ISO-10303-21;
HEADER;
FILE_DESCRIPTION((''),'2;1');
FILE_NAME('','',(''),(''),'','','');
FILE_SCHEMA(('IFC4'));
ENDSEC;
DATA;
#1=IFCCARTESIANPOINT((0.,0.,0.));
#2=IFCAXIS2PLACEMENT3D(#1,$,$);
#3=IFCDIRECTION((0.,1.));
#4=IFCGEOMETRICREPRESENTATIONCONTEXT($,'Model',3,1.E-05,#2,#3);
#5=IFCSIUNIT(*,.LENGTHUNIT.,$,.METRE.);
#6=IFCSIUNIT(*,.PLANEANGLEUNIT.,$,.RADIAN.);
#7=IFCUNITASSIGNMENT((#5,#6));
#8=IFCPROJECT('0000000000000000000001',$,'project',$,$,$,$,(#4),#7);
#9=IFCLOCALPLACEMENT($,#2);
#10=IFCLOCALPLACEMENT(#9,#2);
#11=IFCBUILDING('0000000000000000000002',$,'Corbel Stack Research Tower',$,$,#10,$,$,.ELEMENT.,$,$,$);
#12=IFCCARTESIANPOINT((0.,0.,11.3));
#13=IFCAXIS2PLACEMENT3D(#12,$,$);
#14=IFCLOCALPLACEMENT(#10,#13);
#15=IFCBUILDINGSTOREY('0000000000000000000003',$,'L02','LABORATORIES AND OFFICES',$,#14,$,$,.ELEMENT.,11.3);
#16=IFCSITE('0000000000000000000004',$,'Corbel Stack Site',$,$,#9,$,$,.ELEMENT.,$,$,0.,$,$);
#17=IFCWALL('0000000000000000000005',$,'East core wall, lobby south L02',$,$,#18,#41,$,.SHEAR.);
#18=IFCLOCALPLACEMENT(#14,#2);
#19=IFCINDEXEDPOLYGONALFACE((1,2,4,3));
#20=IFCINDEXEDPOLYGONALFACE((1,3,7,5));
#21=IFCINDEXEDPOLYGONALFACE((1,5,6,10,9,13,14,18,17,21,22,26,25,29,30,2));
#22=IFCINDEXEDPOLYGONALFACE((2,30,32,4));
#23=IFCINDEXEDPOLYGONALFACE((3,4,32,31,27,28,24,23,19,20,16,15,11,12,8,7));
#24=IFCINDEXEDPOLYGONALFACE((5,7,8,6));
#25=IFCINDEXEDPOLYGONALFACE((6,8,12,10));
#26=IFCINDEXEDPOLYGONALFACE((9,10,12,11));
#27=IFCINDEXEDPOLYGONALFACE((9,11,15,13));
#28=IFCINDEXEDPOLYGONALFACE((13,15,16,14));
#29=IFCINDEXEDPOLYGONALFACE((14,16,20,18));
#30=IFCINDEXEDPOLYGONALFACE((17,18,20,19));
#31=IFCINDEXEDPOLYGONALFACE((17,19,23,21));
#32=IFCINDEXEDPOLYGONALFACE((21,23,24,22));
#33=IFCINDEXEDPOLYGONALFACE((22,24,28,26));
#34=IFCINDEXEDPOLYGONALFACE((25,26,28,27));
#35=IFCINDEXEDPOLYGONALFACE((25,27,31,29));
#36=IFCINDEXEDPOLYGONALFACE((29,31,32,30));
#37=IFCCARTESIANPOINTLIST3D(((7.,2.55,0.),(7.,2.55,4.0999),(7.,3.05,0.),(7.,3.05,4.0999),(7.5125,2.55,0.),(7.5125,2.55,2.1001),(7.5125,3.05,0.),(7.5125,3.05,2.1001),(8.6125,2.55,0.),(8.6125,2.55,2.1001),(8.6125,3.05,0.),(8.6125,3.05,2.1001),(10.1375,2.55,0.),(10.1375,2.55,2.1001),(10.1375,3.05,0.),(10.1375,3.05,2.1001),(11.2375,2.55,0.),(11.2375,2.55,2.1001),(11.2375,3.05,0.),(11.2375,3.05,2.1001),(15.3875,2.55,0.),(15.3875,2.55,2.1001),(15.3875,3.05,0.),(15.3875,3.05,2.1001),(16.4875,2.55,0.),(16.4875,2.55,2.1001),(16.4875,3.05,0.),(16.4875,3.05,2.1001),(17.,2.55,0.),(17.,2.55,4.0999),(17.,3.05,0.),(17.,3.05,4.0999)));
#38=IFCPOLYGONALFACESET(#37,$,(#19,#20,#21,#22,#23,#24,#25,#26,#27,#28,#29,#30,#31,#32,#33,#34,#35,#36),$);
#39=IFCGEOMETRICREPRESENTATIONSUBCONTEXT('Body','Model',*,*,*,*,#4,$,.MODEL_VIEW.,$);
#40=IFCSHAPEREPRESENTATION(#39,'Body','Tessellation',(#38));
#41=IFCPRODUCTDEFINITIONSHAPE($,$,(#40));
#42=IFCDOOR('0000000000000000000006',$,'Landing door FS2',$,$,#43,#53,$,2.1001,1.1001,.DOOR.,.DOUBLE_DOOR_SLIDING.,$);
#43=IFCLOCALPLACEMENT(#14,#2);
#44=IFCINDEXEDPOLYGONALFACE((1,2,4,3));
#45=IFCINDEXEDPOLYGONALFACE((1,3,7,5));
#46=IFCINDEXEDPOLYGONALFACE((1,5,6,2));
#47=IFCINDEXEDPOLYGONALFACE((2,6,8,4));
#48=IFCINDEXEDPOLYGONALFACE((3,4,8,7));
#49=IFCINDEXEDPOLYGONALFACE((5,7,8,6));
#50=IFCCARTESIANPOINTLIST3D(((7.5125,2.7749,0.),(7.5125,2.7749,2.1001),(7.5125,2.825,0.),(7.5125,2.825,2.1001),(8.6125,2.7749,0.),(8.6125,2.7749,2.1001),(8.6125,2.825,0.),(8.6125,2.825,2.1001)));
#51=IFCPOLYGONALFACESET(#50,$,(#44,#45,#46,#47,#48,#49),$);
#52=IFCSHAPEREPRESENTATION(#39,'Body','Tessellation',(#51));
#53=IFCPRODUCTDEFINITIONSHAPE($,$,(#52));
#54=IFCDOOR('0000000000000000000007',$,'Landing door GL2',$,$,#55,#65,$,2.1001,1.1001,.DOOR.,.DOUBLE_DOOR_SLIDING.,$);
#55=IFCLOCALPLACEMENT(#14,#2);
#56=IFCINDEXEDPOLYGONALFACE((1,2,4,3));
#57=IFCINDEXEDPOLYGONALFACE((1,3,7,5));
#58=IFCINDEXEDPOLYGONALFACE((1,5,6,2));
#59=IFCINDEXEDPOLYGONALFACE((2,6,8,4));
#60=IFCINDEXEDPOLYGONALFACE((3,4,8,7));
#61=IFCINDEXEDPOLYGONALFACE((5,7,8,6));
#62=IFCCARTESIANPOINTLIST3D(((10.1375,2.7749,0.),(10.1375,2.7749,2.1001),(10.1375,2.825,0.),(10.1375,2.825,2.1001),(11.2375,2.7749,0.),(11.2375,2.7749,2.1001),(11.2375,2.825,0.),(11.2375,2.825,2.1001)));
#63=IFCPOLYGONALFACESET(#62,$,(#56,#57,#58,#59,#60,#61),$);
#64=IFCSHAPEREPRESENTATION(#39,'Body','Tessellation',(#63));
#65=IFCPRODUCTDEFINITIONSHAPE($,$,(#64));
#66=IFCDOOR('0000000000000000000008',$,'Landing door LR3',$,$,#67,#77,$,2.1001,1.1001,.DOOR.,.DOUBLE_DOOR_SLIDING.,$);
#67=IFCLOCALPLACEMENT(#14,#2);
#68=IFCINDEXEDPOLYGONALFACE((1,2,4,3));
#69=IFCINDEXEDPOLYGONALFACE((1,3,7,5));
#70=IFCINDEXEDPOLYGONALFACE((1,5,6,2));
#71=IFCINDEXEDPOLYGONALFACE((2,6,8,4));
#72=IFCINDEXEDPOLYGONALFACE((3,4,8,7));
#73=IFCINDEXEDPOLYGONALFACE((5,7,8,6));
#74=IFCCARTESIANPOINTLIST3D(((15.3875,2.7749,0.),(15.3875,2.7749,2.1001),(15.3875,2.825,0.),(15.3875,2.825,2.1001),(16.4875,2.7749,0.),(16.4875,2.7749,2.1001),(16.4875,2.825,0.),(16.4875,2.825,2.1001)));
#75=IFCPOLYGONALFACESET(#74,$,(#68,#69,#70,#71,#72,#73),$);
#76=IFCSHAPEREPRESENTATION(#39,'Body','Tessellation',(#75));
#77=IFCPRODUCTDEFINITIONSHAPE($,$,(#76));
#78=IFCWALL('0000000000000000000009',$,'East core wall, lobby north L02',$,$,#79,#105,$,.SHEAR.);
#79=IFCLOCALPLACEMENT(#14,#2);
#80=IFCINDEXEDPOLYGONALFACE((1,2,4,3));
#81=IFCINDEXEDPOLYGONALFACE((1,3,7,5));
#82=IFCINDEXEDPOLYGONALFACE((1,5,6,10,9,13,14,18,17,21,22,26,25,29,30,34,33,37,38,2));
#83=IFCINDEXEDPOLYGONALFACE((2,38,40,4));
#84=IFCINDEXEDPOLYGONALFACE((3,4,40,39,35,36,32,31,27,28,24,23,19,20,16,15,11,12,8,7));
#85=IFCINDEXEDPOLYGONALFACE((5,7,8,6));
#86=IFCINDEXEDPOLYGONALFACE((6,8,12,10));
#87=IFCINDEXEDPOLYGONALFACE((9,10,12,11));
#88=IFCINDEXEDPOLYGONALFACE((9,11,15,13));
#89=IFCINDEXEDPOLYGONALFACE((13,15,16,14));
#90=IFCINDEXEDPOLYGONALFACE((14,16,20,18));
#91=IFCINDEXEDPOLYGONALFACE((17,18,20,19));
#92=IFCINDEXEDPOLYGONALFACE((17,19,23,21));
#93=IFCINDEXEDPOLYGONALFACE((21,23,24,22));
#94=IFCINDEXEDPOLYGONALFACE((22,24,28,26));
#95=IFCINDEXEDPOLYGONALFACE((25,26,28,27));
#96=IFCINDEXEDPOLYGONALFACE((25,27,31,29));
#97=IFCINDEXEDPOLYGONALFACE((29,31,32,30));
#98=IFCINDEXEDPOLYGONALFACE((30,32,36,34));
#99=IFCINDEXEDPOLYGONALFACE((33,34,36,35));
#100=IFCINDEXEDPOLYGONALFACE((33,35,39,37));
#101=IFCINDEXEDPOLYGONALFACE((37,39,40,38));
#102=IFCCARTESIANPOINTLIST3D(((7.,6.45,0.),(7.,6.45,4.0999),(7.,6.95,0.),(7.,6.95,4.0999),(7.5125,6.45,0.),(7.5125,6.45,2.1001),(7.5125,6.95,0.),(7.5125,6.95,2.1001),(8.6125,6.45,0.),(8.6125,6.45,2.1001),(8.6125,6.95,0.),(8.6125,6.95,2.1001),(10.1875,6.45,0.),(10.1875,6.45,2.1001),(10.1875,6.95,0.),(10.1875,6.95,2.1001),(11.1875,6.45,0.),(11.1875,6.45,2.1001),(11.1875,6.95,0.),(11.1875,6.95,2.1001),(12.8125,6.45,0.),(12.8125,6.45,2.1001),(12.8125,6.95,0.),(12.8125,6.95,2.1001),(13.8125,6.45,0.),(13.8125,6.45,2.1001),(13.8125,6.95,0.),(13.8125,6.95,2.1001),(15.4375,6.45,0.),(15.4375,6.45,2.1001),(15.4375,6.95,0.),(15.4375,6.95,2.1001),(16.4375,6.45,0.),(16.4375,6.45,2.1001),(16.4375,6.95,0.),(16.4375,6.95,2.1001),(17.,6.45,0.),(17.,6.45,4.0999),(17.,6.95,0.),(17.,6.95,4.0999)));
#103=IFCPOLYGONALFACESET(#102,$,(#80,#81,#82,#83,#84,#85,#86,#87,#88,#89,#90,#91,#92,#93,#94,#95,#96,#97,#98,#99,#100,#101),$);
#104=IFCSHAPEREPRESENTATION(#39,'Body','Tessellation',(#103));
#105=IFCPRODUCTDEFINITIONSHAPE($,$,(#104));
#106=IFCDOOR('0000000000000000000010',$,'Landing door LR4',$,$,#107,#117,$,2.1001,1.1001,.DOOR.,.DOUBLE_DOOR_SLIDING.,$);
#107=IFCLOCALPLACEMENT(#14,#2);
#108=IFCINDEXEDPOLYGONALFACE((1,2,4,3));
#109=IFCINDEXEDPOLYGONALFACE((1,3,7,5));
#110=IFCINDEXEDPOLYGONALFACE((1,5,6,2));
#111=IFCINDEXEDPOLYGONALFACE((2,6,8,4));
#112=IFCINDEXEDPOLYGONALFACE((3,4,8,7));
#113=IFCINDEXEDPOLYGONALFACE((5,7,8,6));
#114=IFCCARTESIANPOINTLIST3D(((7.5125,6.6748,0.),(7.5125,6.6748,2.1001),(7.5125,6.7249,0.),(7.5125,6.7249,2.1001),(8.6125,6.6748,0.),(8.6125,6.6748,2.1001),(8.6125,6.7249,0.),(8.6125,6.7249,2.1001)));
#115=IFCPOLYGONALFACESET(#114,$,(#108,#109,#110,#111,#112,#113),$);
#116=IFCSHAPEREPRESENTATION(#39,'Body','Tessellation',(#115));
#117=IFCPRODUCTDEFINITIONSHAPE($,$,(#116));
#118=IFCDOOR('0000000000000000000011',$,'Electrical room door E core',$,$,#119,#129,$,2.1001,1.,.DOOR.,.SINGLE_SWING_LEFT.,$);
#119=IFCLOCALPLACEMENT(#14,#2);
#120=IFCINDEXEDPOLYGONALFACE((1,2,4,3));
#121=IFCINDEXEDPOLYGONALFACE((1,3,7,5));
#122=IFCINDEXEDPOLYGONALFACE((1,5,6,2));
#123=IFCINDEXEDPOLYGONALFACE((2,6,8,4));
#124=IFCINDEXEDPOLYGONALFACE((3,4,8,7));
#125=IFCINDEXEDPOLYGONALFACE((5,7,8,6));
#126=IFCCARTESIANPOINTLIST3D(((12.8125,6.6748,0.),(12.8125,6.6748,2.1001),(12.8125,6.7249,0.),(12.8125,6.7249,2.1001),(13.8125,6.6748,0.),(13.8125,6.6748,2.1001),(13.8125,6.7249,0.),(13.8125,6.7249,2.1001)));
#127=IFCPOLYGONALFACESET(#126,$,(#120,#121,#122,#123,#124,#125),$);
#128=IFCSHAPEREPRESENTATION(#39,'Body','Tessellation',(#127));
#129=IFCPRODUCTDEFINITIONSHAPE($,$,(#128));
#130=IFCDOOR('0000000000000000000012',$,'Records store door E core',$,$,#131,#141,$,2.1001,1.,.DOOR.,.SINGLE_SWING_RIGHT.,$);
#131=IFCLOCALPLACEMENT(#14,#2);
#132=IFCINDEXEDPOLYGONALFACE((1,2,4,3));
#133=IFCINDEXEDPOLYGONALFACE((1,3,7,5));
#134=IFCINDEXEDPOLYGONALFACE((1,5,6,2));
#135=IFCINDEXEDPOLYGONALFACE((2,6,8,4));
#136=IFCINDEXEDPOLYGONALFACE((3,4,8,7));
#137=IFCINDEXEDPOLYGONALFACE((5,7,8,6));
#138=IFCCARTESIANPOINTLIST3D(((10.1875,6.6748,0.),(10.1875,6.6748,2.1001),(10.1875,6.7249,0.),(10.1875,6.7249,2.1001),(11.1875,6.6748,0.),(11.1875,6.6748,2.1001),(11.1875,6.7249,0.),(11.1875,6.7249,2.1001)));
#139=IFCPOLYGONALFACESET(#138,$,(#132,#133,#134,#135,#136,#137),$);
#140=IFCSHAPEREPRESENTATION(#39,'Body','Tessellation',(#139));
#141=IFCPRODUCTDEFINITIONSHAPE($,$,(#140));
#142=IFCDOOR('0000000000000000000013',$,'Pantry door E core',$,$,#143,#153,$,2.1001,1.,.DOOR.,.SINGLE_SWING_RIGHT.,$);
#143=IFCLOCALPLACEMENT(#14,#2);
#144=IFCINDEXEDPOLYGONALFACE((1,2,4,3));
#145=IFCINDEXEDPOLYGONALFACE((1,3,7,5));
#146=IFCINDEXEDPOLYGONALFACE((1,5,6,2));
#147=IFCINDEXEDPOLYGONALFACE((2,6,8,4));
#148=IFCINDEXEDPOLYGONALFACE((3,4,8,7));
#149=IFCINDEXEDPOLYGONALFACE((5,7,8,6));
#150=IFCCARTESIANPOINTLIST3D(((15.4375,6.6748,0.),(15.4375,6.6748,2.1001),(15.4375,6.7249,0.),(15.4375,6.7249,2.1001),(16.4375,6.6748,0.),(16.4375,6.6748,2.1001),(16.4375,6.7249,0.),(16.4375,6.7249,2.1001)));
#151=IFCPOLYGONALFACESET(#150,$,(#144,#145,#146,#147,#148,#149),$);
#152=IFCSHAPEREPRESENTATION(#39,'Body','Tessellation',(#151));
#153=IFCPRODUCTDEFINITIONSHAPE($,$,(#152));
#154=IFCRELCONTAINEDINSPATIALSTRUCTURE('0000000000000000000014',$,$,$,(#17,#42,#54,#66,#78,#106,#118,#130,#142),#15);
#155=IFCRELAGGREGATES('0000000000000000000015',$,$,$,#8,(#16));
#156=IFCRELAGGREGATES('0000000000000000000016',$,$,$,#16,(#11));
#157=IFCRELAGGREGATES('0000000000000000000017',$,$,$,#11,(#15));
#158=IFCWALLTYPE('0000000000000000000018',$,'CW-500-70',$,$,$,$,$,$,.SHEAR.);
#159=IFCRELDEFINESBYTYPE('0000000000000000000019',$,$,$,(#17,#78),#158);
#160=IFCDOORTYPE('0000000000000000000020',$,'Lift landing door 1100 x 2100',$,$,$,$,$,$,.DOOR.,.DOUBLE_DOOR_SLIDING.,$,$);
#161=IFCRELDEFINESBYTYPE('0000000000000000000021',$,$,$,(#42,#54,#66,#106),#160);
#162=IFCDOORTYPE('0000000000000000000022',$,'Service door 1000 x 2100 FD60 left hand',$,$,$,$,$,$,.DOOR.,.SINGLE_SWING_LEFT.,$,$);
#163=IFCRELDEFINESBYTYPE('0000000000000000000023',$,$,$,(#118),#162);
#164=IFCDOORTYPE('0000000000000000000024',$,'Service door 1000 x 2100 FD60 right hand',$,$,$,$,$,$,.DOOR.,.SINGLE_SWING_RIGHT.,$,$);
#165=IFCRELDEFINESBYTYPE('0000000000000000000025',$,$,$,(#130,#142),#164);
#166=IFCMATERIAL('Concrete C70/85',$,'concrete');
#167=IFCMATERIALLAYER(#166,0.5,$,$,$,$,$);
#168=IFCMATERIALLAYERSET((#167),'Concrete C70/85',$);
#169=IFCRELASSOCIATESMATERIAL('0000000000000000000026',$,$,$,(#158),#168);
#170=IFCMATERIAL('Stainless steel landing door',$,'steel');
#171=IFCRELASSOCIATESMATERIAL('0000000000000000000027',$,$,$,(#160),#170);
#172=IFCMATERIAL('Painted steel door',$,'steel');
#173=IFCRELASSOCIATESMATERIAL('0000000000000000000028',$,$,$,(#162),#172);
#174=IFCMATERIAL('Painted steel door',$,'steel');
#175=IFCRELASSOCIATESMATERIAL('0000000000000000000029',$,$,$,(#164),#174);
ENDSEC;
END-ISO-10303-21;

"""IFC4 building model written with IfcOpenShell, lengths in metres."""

from ifc_helpers import new_model, si_unit, direction, frame, frame_2d, origin, place, context, subcontext, project, spatial, rectangle, extrude, material, layer, layer_set, type_object, element, fill, save


model = new_model("IFC4")

# Units and contexts
model_context = context("Model", 3, precision=1e-05, world=origin(), true_north=direction((0.0, 1.0)))
body_context = subcontext(model_context, "Body", "Model", "MODEL_VIEW")
ifc_project = project(units=[si_unit("LENGTHUNIT", "METRE"), si_unit("PLANEANGLEUNIT", "RADIAN")], contexts=[model_context])

# Site, building, storey
site_placement = place(None, origin())
site = spatial("IfcSite", under=ifc_project, at=site_placement, Name="Corbel Stack Site", CompositionType="ELEMENT", RefElevation=0.0)
building_placement = place(site_placement, origin())
building = spatial("IfcBuilding", under=site, at=building_placement, Name="Corbel Stack Research Tower", CompositionType="ELEMENT")
storey_placement = place(building_placement, frame((0.0, 0.0, 11.3)))
storey = spatial("IfcBuildingStorey", under=building, at=storey_placement, Name="L02", Description="LABORATORIES AND OFFICES", CompositionType="ELEMENT", Elevation=11.3)

# Walls, openings, doors
ifc_material_1 = material(Name="Concrete C70/85", Category="concrete")
ifc_layer_1 = layer(ifc_material_1, 0.5)
ifc_layer_set_1 = layer_set([ifc_layer_1], Name="Concrete C70/85")
wall_type_1 = type_object("IfcWallType", Name="CW-500-70", PredefinedType="SHEAR", material=ifc_layer_set_1)
wall_1_placement = place(storey_placement, frame((7.0, 2.8, 0.0), z_axis=(0.0, 0.0, 1.0), x_axis=(1.0, 0.0, 0.0)))
wall_1 = element("IfcWall", 1, at=wall_1_placement, inside=storey, type_object=wall_type_1, Name="East core wall, lobby south L02", PredefinedType="SHEAR", context=body_context, shape_type="SweptSolid", body=[
    extrude(rectangle(XDim=10.0, YDim=0.5, at=frame_2d((5.0, 0.0))), origin(), (0.0, 0.0, 1.0), 4.0999),
])
opening_1_placement = place(wall_1_placement, frame((0.5125, 0.0, 0.0)))
opening_1 = element("IfcOpeningElement", 2, at=opening_1_placement, cuts=wall_1, PredefinedType="OPENING", context=body_context, shape_type="SweptSolid", body=[
    extrude(rectangle(XDim=1.1001, YDim=2.1001, at=frame_2d((0.55, 1.05))), frame((0.0, 0.26, 0.0), z_axis=(0.0, -1.0, 0.0), x_axis=(1.0, 0.0, 0.0)), (0.0, 0.0, 1.0), 0.52),
])
opening_2_placement = place(wall_1_placement, frame((3.1375, 0.0, 0.0)))
opening_2 = element("IfcOpeningElement", 3, at=opening_2_placement, cuts=wall_1, PredefinedType="OPENING", context=body_context, shape_type="SweptSolid", body=[
    extrude(rectangle(XDim=1.1001, YDim=2.1001, at=frame_2d((0.55, 1.05))), frame((0.0, 0.26, 0.0), z_axis=(0.0, -1.0, 0.0), x_axis=(1.0, 0.0, 0.0)), (0.0, 0.0, 1.0), 0.52),
])
opening_3_placement = place(wall_1_placement, frame((8.3875, 0.0, 0.0)))
opening_3 = element("IfcOpeningElement", 4, at=opening_3_placement, cuts=wall_1, PredefinedType="OPENING", context=body_context, shape_type="SweptSolid", body=[
    extrude(rectangle(XDim=1.1001, YDim=2.1001, at=frame_2d((0.55, 1.05))), frame((0.0, 0.26, 0.0), z_axis=(0.0, -1.0, 0.0), x_axis=(1.0, 0.0, 0.0)), (0.0, 0.0, 1.0), 0.52),
])
ifc_material_2 = material(Name="Stainless steel landing door", Category="steel")
door_type_1 = type_object("IfcDoorType", Name="Lift landing door 1100 x 2100", OperationType="DOUBLE_DOOR_SLIDING", PredefinedType="DOOR", material=ifc_material_2)
door_1_placement = place(opening_1_placement, origin())
door_1 = element("IfcDoor", 5, at=door_1_placement, inside=storey, type_object=door_type_1, Name="Landing door FS2", OperationType="DOUBLE_DOOR_SLIDING", OverallHeight=2.1001, OverallWidth=1.1001, PredefinedType="DOOR", context=body_context, shape_type="SweptSolid", body=[
    extrude(rectangle(XDim=1.1001, YDim=2.1001, at=frame_2d((0.55, 1.05))), frame((0.0, 0.0249, 0.0), z_axis=(0.0, -1.0, 0.0), x_axis=(1.0, 0.0, 0.0)), (0.0, 0.0, 1.0), 0.05),
])
fill(opening_1, door_1)
door_2_placement = place(opening_2_placement, origin())
door_2 = element("IfcDoor", 6, at=door_2_placement, inside=storey, type_object=door_type_1, Name="Landing door GL2", OperationType="DOUBLE_DOOR_SLIDING", OverallHeight=2.1001, OverallWidth=1.1001, PredefinedType="DOOR", context=body_context, shape_type="SweptSolid", body=[
    extrude(rectangle(XDim=1.1001, YDim=2.1001, at=frame_2d((0.55, 1.05))), frame((0.0, 0.0249, 0.0), z_axis=(0.0, -1.0, 0.0), x_axis=(1.0, 0.0, 0.0)), (0.0, 0.0, 1.0), 0.05),
])
fill(opening_2, door_2)
door_3_placement = place(opening_3_placement, origin())
door_3 = element("IfcDoor", 7, at=door_3_placement, inside=storey, type_object=door_type_1, Name="Landing door LR3", OperationType="DOUBLE_DOOR_SLIDING", OverallHeight=2.1001, OverallWidth=1.1001, PredefinedType="DOOR", context=body_context, shape_type="SweptSolid", body=[
    extrude(rectangle(XDim=1.1001, YDim=2.1001, at=frame_2d((0.55, 1.05))), frame((0.0, 0.0249, 0.0), z_axis=(0.0, -1.0, 0.0), x_axis=(1.0, 0.0, 0.0)), (0.0, 0.0, 1.0), 0.05),
])
fill(opening_3, door_3)
wall_2_placement = place(storey_placement, frame((7.0, 6.7, 0.0), z_axis=(0.0, 0.0, 1.0), x_axis=(1.0, 0.0, 0.0)))
wall_2 = element("IfcWall", 8, at=wall_2_placement, inside=storey, type_object=wall_type_1, Name="East core wall, lobby north L02", PredefinedType="SHEAR", context=body_context, shape_type="SweptSolid", body=[
    extrude(rectangle(XDim=10.0, YDim=0.5, at=frame_2d((5.0, 0.0))), origin(), (0.0, 0.0, 1.0), 4.0999),
])
opening_4_placement = place(wall_2_placement, frame((0.5125, 0.0, 0.0)))
opening_4 = element("IfcOpeningElement", 9, at=opening_4_placement, cuts=wall_2, PredefinedType="OPENING", context=body_context, shape_type="SweptSolid", body=[
    extrude(rectangle(XDim=1.1001, YDim=2.1001, at=frame_2d((0.55, 1.05))), frame((0.0, 0.26, 0.0), z_axis=(0.0, -1.0, 0.0), x_axis=(1.0, 0.0, 0.0)), (0.0, 0.0, 1.0), 0.52),
])
opening_5_placement = place(wall_2_placement, frame((3.1875, 0.0, 0.0)))
opening_5 = element("IfcOpeningElement", 10, at=opening_5_placement, cuts=wall_2, PredefinedType="OPENING", context=body_context, shape_type="SweptSolid", body=[
    extrude(rectangle(XDim=1.0, YDim=2.1001, at=frame_2d((0.5, 1.05))), frame((0.0, 0.26, 0.0), z_axis=(0.0, -1.0, 0.0), x_axis=(1.0, 0.0, 0.0)), (0.0, 0.0, 1.0), 0.52),
])
opening_6_placement = place(wall_2_placement, frame((5.8125, 0.0, 0.0)))
opening_6 = element("IfcOpeningElement", 11, at=opening_6_placement, cuts=wall_2, PredefinedType="OPENING", context=body_context, shape_type="SweptSolid", body=[
    extrude(rectangle(XDim=1.0, YDim=2.1001, at=frame_2d((0.5, 1.05))), frame((0.0, 0.26, 0.0), z_axis=(0.0, -1.0, 0.0), x_axis=(1.0, 0.0, 0.0)), (0.0, 0.0, 1.0), 0.52),
])
opening_7_placement = place(wall_2_placement, frame((8.4375, 0.0, 0.0)))
opening_7 = element("IfcOpeningElement", 12, at=opening_7_placement, cuts=wall_2, PredefinedType="OPENING", context=body_context, shape_type="SweptSolid", body=[
    extrude(rectangle(XDim=1.0, YDim=2.1001, at=frame_2d((0.5, 1.05))), frame((0.0, 0.26, 0.0), z_axis=(0.0, -1.0, 0.0), x_axis=(1.0, 0.0, 0.0)), (0.0, 0.0, 1.0), 0.52),
])
door_4_placement = place(opening_4_placement, origin())
door_4 = element("IfcDoor", 13, at=door_4_placement, inside=storey, type_object=door_type_1, Name="Landing door LR4", OperationType="DOUBLE_DOOR_SLIDING", OverallHeight=2.1001, OverallWidth=1.1001, PredefinedType="DOOR", context=body_context, shape_type="SweptSolid", body=[
    extrude(rectangle(XDim=1.1001, YDim=2.1001, at=frame_2d((0.55, 1.05))), frame((0.0, 0.0249, 0.0), z_axis=(0.0, -1.0, 0.0), x_axis=(1.0, 0.0, 0.0)), (0.0, 0.0, 1.0), 0.05),
])
fill(opening_4, door_4)
ifc_material_3 = material(Name="Painted steel door", Category="steel")
door_type_2 = type_object("IfcDoorType", Name="Service door 1000 x 2100 FD60 left hand", OperationType="SINGLE_SWING_LEFT", PredefinedType="DOOR", material=ifc_material_3)
door_5_placement = place(opening_6_placement, origin())
door_5 = element("IfcDoor", 14, at=door_5_placement, inside=storey, type_object=door_type_2, Name="Electrical room door E core", OperationType="SINGLE_SWING_LEFT", OverallHeight=2.1001, OverallWidth=1.0, PredefinedType="DOOR", context=body_context, shape_type="SweptSolid", body=[
    extrude(rectangle(XDim=1.0, YDim=2.1001, at=frame_2d((0.5, 1.05))), frame((0.0, 0.0249, 0.0), z_axis=(0.0, -1.0, 0.0), x_axis=(1.0, 0.0, 0.0)), (0.0, 0.0, 1.0), 0.05),
])
fill(opening_6, door_5)
ifc_material_4 = material(Name="Painted steel door", Category="steel")
door_type_3 = type_object("IfcDoorType", Name="Service door 1000 x 2100 FD60 right hand", OperationType="SINGLE_SWING_RIGHT", PredefinedType="DOOR", material=ifc_material_4)
door_6_placement = place(opening_5_placement, origin())
door_6 = element("IfcDoor", 15, at=door_6_placement, inside=storey, type_object=door_type_3, Name="Records store door E core", OperationType="SINGLE_SWING_RIGHT", OverallHeight=2.1001, OverallWidth=1.0, PredefinedType="DOOR", context=body_context, shape_type="SweptSolid", body=[
    extrude(rectangle(XDim=1.0, YDim=2.1001, at=frame_2d((0.5, 1.05))), frame((0.0, 0.0249, 0.0), z_axis=(0.0, -1.0, 0.0), x_axis=(1.0, 0.0, 0.0)), (0.0, 0.0, 1.0), 0.05),
])
fill(opening_5, door_6)
door_7_placement = place(opening_7_placement, origin())
door_7 = element("IfcDoor", 16, at=door_7_placement, inside=storey, type_object=door_type_3, Name="Pantry door E core", OperationType="SINGLE_SWING_RIGHT", OverallHeight=2.1001, OverallWidth=1.0, PredefinedType="DOOR", context=body_context, shape_type="SweptSolid", body=[
    extrude(rectangle(XDim=1.0, YDim=2.1001, at=frame_2d((0.5, 1.05))), frame((0.0, 0.0249, 0.0), z_axis=(0.0, -1.0, 0.0), x_axis=(1.0, 0.0, 0.0)), (0.0, 0.0, 1.0), 0.05),
])
fill(opening_7, door_7)

save(model, "model.ifc")
